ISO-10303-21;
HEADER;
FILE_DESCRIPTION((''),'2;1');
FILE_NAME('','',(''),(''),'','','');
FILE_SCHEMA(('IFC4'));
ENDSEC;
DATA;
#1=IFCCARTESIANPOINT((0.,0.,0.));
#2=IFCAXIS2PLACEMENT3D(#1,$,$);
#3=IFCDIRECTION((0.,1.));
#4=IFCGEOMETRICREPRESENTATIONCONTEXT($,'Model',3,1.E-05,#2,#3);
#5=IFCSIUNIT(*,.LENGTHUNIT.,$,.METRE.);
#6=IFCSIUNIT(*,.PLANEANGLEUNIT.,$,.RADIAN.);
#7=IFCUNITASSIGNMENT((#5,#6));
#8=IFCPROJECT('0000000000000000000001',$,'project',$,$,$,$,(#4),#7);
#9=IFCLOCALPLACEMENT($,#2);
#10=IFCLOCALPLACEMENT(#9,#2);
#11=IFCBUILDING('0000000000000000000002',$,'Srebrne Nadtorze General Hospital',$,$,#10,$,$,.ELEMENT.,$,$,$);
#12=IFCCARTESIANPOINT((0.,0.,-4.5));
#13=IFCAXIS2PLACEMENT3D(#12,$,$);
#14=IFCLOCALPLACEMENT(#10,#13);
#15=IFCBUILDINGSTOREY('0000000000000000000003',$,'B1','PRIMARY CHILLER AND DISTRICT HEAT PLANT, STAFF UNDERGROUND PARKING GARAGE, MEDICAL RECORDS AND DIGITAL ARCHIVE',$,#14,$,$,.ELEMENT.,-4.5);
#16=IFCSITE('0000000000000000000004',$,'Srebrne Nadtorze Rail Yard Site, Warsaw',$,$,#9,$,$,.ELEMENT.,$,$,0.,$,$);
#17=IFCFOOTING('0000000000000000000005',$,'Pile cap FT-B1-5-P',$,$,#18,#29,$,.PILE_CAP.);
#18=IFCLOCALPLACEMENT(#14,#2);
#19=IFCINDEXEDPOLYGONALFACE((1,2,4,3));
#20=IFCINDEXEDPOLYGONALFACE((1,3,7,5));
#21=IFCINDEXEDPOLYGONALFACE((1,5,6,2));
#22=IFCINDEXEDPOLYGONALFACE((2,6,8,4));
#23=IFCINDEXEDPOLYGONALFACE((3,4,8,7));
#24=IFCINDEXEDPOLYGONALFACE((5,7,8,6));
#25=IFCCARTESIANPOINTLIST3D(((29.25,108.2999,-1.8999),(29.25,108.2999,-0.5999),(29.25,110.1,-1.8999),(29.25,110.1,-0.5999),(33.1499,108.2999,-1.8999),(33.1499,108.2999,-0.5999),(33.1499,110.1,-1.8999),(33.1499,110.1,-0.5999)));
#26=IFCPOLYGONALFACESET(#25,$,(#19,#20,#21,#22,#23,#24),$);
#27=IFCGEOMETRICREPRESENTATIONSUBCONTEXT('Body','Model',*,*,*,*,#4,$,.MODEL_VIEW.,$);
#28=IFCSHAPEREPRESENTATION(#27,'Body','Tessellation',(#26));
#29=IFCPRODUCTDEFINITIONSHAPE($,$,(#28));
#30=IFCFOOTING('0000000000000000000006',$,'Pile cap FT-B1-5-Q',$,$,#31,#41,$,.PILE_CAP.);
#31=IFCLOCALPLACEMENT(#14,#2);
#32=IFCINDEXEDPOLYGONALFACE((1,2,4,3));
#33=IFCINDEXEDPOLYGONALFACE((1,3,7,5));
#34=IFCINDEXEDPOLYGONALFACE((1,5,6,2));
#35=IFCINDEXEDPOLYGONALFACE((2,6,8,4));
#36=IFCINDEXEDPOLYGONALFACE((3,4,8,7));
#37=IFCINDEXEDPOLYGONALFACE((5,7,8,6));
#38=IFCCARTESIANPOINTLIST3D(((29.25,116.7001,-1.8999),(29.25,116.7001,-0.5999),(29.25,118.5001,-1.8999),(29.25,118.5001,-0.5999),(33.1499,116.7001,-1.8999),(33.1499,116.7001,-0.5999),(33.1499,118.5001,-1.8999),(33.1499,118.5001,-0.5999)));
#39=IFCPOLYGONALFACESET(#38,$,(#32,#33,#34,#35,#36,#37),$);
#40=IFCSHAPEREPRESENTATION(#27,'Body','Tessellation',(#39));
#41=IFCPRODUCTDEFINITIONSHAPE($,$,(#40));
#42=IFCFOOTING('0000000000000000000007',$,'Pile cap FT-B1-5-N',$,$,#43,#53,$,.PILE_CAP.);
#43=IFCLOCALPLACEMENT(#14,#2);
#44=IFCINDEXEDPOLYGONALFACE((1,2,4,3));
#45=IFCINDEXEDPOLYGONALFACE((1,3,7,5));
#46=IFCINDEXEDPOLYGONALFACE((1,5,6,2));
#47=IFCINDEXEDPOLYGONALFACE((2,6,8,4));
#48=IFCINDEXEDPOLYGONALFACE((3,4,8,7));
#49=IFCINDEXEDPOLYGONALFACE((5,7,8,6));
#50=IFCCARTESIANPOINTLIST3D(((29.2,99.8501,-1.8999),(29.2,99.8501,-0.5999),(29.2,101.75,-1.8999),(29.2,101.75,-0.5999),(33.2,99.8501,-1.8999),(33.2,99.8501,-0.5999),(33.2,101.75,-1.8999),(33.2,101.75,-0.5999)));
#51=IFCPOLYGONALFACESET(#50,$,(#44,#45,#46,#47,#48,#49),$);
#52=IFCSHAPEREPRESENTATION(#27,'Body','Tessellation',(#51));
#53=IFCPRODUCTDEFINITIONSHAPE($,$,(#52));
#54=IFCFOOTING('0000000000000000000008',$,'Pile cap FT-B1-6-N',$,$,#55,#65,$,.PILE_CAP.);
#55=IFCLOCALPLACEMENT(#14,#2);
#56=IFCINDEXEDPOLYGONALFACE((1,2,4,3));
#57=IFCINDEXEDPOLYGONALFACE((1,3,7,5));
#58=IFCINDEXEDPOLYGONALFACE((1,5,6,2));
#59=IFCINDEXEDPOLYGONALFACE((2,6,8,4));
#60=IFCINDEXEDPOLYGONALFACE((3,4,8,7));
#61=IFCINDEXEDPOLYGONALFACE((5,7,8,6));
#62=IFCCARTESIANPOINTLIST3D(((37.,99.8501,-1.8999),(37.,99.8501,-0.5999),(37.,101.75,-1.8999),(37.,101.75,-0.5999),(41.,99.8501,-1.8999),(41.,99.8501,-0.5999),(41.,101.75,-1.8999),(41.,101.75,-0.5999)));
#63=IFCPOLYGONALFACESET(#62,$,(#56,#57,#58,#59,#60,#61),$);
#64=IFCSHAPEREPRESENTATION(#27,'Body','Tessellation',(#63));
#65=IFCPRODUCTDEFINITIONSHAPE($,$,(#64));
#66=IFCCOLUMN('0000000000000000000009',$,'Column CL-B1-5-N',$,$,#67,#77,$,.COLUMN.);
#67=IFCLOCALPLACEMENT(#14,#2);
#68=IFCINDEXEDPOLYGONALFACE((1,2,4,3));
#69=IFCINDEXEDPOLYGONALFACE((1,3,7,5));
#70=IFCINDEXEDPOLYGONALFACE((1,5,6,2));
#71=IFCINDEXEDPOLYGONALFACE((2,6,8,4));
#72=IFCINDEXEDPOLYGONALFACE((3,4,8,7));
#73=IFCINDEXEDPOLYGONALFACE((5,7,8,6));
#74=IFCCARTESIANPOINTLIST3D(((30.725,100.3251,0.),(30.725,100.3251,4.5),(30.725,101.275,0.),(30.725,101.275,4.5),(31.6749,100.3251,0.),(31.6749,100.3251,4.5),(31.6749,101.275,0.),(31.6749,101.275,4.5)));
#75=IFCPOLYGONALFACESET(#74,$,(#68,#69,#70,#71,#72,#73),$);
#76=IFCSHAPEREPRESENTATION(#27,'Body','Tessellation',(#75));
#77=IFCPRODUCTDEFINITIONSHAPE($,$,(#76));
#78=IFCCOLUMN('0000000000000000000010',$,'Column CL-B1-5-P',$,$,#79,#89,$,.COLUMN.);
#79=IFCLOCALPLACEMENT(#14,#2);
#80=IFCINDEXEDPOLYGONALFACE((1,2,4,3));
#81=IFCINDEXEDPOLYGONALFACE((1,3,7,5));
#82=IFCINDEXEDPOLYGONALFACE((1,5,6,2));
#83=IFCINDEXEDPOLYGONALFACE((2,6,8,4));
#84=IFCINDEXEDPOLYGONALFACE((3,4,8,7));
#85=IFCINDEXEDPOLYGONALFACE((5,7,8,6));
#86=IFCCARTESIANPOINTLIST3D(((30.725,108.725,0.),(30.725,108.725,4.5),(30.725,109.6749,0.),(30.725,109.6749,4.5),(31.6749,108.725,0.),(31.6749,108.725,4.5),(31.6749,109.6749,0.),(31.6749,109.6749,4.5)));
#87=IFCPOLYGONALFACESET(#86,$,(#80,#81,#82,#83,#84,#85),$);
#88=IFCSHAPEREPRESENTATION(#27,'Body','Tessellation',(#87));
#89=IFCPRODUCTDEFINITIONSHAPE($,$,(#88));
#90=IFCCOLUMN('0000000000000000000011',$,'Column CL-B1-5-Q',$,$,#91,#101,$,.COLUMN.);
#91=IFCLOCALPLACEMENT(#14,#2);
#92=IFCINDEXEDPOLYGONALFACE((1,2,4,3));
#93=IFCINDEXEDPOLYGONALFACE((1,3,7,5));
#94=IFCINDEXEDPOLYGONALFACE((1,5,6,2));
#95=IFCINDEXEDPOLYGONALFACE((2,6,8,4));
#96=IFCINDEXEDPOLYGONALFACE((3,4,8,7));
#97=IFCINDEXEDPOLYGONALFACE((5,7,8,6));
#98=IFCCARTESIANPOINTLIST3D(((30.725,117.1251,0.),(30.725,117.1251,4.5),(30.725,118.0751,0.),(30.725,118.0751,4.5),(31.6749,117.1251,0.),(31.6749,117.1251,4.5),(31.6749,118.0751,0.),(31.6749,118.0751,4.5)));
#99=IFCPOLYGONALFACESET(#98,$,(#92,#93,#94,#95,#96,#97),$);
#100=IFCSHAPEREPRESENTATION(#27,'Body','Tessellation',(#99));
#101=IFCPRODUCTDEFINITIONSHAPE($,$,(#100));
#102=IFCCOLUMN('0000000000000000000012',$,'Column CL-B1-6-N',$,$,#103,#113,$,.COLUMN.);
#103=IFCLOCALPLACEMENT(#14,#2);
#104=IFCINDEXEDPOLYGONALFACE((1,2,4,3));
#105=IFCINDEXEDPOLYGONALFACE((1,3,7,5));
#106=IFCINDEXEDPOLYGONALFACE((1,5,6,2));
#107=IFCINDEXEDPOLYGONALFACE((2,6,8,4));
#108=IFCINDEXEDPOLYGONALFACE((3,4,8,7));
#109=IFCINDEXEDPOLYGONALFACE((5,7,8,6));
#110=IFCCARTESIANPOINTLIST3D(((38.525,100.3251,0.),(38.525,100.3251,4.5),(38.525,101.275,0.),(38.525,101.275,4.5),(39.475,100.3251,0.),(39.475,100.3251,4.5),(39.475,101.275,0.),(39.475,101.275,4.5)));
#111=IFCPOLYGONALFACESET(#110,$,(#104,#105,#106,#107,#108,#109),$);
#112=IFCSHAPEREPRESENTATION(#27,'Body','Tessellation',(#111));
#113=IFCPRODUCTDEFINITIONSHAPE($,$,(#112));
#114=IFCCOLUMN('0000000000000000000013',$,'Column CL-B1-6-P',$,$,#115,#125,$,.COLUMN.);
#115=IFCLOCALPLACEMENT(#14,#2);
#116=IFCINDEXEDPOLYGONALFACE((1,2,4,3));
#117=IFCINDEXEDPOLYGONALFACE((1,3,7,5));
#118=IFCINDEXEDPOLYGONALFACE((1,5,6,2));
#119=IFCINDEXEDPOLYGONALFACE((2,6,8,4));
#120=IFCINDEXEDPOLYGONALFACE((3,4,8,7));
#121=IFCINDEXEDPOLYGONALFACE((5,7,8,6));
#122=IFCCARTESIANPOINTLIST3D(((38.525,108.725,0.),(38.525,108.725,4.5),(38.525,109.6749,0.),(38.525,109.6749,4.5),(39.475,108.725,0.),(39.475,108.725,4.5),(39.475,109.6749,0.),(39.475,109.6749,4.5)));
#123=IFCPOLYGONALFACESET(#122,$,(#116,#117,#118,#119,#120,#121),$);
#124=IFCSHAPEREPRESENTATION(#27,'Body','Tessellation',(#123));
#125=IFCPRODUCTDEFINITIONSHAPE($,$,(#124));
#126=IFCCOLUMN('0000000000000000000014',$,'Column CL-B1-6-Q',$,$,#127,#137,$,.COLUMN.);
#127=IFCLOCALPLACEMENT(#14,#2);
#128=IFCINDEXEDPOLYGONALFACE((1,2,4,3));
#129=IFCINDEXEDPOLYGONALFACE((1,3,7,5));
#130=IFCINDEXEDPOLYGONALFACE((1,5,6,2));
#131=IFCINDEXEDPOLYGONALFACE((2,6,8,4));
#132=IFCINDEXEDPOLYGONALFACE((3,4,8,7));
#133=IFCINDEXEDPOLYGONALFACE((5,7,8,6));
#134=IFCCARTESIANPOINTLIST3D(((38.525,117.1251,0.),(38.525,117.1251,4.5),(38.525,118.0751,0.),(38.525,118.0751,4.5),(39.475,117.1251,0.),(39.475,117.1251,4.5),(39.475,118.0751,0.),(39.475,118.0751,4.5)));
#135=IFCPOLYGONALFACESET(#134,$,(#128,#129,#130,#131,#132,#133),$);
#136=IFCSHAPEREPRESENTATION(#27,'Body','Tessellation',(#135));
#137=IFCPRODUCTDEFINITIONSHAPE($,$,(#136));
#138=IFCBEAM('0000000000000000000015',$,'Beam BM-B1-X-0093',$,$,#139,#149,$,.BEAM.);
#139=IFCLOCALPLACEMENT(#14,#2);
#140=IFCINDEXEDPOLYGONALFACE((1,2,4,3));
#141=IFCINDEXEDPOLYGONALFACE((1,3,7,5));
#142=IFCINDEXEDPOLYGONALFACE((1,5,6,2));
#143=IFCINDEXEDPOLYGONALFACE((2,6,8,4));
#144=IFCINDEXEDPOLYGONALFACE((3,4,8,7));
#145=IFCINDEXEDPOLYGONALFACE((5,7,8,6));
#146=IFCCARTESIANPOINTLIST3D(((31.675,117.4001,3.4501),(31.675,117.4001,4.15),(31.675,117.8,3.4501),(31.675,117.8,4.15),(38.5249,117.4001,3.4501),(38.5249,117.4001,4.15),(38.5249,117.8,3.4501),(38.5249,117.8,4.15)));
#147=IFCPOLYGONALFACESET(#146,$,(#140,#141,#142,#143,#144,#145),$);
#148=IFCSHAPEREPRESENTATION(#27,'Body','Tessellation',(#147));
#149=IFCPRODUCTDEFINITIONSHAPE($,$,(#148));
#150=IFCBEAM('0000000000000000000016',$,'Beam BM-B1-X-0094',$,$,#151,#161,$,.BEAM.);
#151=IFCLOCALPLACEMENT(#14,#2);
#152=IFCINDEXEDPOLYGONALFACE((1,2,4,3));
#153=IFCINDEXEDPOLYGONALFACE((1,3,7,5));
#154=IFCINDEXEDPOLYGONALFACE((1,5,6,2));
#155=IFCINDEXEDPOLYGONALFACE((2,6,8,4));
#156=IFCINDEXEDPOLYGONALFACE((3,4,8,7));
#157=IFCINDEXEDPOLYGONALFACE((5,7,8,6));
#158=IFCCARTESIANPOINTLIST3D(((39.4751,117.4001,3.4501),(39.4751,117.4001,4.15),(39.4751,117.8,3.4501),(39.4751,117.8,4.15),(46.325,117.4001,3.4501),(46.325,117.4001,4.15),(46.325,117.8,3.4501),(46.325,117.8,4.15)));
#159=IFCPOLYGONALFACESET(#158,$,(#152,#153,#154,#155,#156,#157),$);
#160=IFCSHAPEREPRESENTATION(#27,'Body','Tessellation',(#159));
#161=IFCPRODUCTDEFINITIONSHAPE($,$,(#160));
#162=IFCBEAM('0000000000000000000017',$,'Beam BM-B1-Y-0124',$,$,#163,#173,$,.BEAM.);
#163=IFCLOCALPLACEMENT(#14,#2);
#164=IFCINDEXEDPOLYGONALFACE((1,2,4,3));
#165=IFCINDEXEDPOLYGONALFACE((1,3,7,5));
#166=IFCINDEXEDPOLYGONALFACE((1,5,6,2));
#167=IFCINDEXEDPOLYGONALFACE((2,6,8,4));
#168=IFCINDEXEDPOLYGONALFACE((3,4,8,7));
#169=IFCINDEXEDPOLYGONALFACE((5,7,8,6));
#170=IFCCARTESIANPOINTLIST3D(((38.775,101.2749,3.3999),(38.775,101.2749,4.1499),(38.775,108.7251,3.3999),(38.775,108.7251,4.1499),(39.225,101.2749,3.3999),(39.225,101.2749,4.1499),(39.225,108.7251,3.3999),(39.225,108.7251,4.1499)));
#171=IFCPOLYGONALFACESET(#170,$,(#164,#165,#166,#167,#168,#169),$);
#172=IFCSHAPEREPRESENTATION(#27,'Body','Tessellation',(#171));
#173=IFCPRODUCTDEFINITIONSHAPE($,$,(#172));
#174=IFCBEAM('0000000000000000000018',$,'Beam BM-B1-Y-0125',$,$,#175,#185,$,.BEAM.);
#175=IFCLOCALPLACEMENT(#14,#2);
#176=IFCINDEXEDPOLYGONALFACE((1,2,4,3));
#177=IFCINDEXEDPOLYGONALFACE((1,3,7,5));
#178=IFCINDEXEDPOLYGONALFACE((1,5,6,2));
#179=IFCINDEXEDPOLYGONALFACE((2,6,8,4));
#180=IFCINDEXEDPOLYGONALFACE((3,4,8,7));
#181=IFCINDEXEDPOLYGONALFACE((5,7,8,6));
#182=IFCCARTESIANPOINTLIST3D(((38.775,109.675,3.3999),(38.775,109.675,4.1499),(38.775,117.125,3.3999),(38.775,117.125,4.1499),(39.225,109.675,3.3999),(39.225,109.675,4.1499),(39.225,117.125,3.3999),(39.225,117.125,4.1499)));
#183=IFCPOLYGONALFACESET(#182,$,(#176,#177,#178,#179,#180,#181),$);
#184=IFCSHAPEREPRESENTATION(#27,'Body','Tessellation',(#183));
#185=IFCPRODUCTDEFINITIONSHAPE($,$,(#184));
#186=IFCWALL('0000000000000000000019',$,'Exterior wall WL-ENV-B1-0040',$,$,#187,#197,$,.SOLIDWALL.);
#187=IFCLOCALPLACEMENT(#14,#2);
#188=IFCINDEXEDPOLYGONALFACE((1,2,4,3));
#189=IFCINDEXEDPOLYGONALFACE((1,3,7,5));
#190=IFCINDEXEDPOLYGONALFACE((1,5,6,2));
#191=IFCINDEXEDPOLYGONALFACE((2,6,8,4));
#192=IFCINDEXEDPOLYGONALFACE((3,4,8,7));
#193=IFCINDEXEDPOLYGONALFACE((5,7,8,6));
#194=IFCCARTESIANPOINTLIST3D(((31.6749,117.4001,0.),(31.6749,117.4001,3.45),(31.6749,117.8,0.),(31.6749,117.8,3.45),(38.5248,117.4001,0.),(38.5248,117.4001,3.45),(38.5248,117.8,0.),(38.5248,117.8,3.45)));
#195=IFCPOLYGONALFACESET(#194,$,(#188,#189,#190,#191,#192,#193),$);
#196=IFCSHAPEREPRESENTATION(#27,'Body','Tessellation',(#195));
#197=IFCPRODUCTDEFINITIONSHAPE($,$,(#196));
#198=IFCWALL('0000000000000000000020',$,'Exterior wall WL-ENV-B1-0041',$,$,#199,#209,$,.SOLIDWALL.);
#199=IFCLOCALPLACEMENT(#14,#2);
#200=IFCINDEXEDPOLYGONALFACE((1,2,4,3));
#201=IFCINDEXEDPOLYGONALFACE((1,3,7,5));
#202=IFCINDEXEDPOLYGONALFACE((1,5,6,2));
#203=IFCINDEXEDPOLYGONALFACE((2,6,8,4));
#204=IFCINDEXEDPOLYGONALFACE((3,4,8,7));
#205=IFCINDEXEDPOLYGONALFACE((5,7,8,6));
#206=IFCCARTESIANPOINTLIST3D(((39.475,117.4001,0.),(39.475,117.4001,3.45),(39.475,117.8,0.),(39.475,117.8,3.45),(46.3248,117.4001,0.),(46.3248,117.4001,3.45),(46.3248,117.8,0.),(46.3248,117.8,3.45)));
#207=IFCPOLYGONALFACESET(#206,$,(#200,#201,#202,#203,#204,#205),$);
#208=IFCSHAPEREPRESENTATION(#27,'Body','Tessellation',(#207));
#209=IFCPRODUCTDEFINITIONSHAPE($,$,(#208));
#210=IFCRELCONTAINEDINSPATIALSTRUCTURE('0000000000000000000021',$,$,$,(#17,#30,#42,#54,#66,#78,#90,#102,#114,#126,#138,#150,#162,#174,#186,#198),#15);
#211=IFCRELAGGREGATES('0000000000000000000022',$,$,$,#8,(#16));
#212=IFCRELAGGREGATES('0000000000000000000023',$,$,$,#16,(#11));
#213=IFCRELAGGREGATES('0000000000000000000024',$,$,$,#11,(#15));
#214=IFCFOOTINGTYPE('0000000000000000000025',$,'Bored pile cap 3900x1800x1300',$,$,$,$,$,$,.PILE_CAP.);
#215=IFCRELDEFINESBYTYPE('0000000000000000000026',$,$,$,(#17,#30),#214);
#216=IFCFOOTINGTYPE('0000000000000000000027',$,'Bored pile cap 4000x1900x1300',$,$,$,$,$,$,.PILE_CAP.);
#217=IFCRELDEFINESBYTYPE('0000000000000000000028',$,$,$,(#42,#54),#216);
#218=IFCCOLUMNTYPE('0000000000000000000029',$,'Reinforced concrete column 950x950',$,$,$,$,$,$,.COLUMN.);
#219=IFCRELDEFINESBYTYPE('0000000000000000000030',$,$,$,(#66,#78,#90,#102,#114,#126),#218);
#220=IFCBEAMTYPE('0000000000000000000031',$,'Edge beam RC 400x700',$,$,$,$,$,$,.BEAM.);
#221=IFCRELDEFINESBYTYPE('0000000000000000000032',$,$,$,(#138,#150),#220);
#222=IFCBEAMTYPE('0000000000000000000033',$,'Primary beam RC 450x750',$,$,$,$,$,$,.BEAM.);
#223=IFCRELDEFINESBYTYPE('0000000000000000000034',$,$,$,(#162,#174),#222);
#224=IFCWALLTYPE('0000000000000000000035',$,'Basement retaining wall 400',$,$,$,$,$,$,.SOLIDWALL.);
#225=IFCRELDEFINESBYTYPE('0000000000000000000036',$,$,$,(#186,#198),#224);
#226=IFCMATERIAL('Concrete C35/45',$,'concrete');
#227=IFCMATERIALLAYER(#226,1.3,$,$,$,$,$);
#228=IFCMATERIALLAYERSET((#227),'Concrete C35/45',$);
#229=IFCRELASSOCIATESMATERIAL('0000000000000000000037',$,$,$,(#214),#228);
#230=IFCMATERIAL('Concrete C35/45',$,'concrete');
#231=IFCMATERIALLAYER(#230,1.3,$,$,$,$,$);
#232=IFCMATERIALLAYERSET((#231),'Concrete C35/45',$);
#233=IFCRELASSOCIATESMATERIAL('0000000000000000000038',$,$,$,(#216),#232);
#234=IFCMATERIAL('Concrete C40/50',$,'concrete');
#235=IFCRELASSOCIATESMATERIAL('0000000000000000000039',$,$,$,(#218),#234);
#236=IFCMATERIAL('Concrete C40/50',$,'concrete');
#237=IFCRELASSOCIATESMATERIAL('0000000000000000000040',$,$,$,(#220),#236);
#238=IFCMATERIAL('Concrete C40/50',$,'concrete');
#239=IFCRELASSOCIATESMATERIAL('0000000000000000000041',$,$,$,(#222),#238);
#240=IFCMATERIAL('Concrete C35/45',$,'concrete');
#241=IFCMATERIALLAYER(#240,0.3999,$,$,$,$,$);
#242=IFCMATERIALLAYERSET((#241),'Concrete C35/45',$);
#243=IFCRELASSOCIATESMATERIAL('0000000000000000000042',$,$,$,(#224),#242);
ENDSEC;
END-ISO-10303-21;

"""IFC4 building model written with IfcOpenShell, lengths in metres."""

from ifc_helpers import new_model, si_unit, direction, frame, frame_2d, origin, origin_2d, place, context, subcontext, project, spatial, rectangle, extrude, material, layer, layer_set, material_profile, profile_set, type_object, element, save


model = new_model("IFC4")

# Units and contexts
model_context = context("Model", 3, precision=1e-05, world=origin(), true_north=direction((0.0, 1.0)))
body_context = subcontext(model_context, "Body", "Model", "MODEL_VIEW")
ifc_project = project(units=[si_unit("LENGTHUNIT", "METRE"), si_unit("PLANEANGLEUNIT", "RADIAN")], contexts=[model_context])

# Site, building, storey
site_placement = place(None, origin())
site = spatial("IfcSite", under=ifc_project, at=site_placement, Name="Srebrne Nadtorze Rail Yard Site, Warsaw", CompositionType="ELEMENT", RefElevation=0.0)
building_placement = place(site_placement, origin())
building = spatial("IfcBuilding", under=site, at=building_placement, Name="Srebrne Nadtorze General Hospital", CompositionType="ELEMENT")
storey_placement = place(building_placement, frame((0.0, 0.0, -4.5)))
storey = spatial("IfcBuildingStorey", under=building, at=storey_placement, Name="B1", Description="PRIMARY CHILLER AND DISTRICT HEAT PLANT, STAFF UNDERGROUND PARKING GARAGE, MEDICAL RECORDS AND DIGITAL ARCHIVE", CompositionType="ELEMENT", Elevation=-4.5)

# Footings
ifc_material_1 = material(Name="Concrete C35/45", Category="concrete")
ifc_layer_1 = layer(ifc_material_1, 1.3)
ifc_layer_set_1 = layer_set([ifc_layer_1], Name="Concrete C35/45")
footing_type_1 = type_object("IfcFootingType", Name="Bored pile cap 3900x1800x1300", PredefinedType="PILE_CAP", material=ifc_layer_set_1)
for number, where, z_axis, x_axis, name in (
    (1, (31.2, 109.2, -1.8999), (0.0, 0.0, 1.0), (1.0, 0.0, 0.0), "Pile cap FT-B1-5-P"),
    (2, (31.2, 117.6001, -1.8999), (0.0, 0.0, 1.0), (1.0, 0.0, 0.0), "Pile cap FT-B1-5-Q"),
):
    element("IfcFooting", number, at=place(storey_placement, frame(where, z_axis=z_axis, x_axis=x_axis)), inside=storey, type_object=footing_type_1, Name=name, PredefinedType="PILE_CAP", context=body_context, shape_type="SweptSolid", body=[
        extrude(rectangle(XDim=3.8999, YDim=1.8, at=origin_2d()), origin(), (0.0, 0.0, 1.0), 1.3),
    ])
ifc_material_2 = material(Name="Concrete C35/45", Category="concrete")
ifc_layer_2 = layer(ifc_material_2, 1.3)
ifc_layer_set_2 = layer_set([ifc_layer_2], Name="Concrete C35/45")
footing_type_2 = type_object("IfcFootingType", Name="Bored pile cap 4000x1900x1300", PredefinedType="PILE_CAP", material=ifc_layer_set_2)
for number, where, z_axis, x_axis, name in (
    (3, (31.2, 100.8, -1.8999), (0.0, 0.0, 1.0), (1.0, 0.0, 0.0), "Pile cap FT-B1-5-N"),
    (4, (39.0, 100.8, -1.8999), (0.0, 0.0, 1.0), (1.0, 0.0, 0.0), "Pile cap FT-B1-6-N"),
):
    element("IfcFooting", number, at=place(storey_placement, frame(where, z_axis=z_axis, x_axis=x_axis)), inside=storey, type_object=footing_type_2, Name=name, PredefinedType="PILE_CAP", context=body_context, shape_type="SweptSolid", body=[
        extrude(rectangle(XDim=4.0, YDim=1.8999, at=origin_2d()), origin(), (0.0, 0.0, 1.0), 1.3),
    ])

# Columns
ifc_material_3 = material(Name="Concrete C40/50", Category="concrete")
ifc_material_profile_1 = material_profile(ifc_material_3, rectangle(XDim=0.95, YDim=0.95, at=origin_2d()), Name="RC-COL-950x950")
ifc_profile_set_1 = profile_set([ifc_material_profile_1], Name="Concrete C40/50")
column_type = type_object("IfcColumnType", Name="Reinforced concrete column 950x950", PredefinedType="COLUMN", material=ifc_profile_set_1)
for number, where, z_axis, x_axis, name in (
    (5, (31.2, 100.8, 0.0), (0.0, 0.0, 1.0), (1.0, 0.0, 0.0), "Column CL-B1-5-N"),
    (6, (31.2, 109.2, 0.0), (0.0, 0.0, 1.0), (1.0, 0.0, 0.0), "Column CL-B1-5-P"),
    (7, (31.2, 117.6001, 0.0), (0.0, 0.0, 1.0), (1.0, 0.0, 0.0), "Column CL-B1-5-Q"),
    (8, (39.0, 100.8, 0.0), (0.0, 0.0, 1.0), (1.0, 0.0, 0.0), "Column CL-B1-6-N"),
    (9, (39.0, 109.2, 0.0), (0.0, 0.0, 1.0), (1.0, 0.0, 0.0), "Column CL-B1-6-P"),
    (10, (39.0, 117.6001, 0.0), (0.0, 0.0, 1.0), (1.0, 0.0, 0.0), "Column CL-B1-6-Q"),
):
    element("IfcColumn", number, at=place(storey_placement, frame(where, z_axis=z_axis, x_axis=x_axis)), inside=storey, type_object=column_type, Name=name, PredefinedType="COLUMN", context=body_context, shape_type="SweptSolid", body=[
        extrude(rectangle(XDim=0.95, YDim=0.95, at=origin_2d()), origin(), (0.0, 0.0, 1.0), 4.5),
    ])

# Beams
ifc_material_4 = material(Name="Concrete C40/50", Category="concrete")
ifc_material_profile_2 = material_profile(ifc_material_4, rectangle(XDim=0.3999, YDim=0.7, at=origin_2d()), Name="RC-BM-400x700")
ifc_profile_set_2 = profile_set([ifc_material_profile_2], Name="Concrete C40/50")
beam_type_1 = type_object("IfcBeamType", Name="Edge beam RC 400x700", PredefinedType="BEAM", material=ifc_profile_set_2)
for number, where, z_axis, x_axis, name in (
    (11, (31.675, 117.6001, 3.8), (1.0, 0.0, 0.0), (0.0, 1.0, 0.0), "Beam BM-B1-X-0093"),
    (12, (39.4751, 117.6001, 3.8), (1.0, 0.0, 0.0), (0.0, 1.0, 0.0), "Beam BM-B1-X-0094"),
):
    element("IfcBeam", number, at=place(storey_placement, frame(where, z_axis=z_axis, x_axis=x_axis)), inside=storey, type_object=beam_type_1, Name=name, PredefinedType="BEAM", context=body_context, shape_type="SweptSolid", body=[
        extrude(rectangle(XDim=0.3999, YDim=0.7, at=origin_2d()), origin(), (0.0, 0.0, 1.0), 6.8499),
    ])
ifc_material_5 = material(Name="Concrete C40/50", Category="concrete")
ifc_material_profile_3 = material_profile(ifc_material_5, rectangle(XDim=0.45, YDim=0.75, at=origin_2d()), Name="RC-BM-450x750")
ifc_profile_set_3 = profile_set([ifc_material_profile_3], Name="Concrete C40/50")
beam_type_2 = type_object("IfcBeamType", Name="Primary beam RC 450x750", PredefinedType="BEAM", material=ifc_profile_set_3)
beam_1_placement = place(storey_placement, frame((39.0, 101.2749, 3.7749), z_axis=(0.0, 1.0, 0.0), x_axis=(-1.0, 0.0, 0.0)))
element("IfcBeam", 13, at=beam_1_placement, inside=storey, type_object=beam_type_2, Name="Beam BM-B1-Y-0124", PredefinedType="BEAM", context=body_context, shape_type="SweptSolid", body=[
    extrude(rectangle(XDim=0.45, YDim=0.75, at=origin_2d()), origin(), (0.0, 0.0, 1.0), 7.4502),
])
beam_2_placement = place(storey_placement, frame((39.0, 109.675, 3.7749), z_axis=(0.0, 1.0, 0.0), x_axis=(-1.0, 0.0, 0.0)))
element("IfcBeam", 14, at=beam_2_placement, inside=storey, type_object=beam_type_2, Name="Beam BM-B1-Y-0125", PredefinedType="BEAM", context=body_context, shape_type="SweptSolid", body=[
    extrude(rectangle(XDim=0.45, YDim=0.75, at=origin_2d()), origin(), (0.0, 0.0, 1.0), 7.45),
])

# Walls
ifc_material_6 = material(Name="Concrete C35/45", Category="concrete")
ifc_layer_3 = layer(ifc_material_6, 0.3999)
ifc_layer_set_3 = layer_set([ifc_layer_3], Name="Concrete C35/45")
wall_type_1 = type_object("IfcWallType", Name="Basement retaining wall 400", PredefinedType="SOLIDWALL", material=ifc_layer_set_3)
for number, where, z_axis, x_axis, name in (
    (15, (31.675, 117.6001, 0.0), (0.0, 0.0, 1.0), (1.0, 0.0, 0.0), "Exterior wall WL-ENV-B1-0040"),
    (16, (39.4751, 117.6001, 0.0), (0.0, 0.0, 1.0), (1.0, 0.0, 0.0), "Exterior wall WL-ENV-B1-0041"),
):
    element("IfcWall", number, at=place(storey_placement, frame(where, z_axis=z_axis, x_axis=x_axis)), inside=storey, type_object=wall_type_1, Name=name, PredefinedType="SOLIDWALL", context=body_context, shape_type="SweptSolid", body=[
        extrude(rectangle(XDim=6.8499, YDim=0.3999, at=frame_2d((3.4248, 0.0))), origin(), (0.0, 0.0, 1.0), 3.45),
    ])

save(model, "model.ifc")
